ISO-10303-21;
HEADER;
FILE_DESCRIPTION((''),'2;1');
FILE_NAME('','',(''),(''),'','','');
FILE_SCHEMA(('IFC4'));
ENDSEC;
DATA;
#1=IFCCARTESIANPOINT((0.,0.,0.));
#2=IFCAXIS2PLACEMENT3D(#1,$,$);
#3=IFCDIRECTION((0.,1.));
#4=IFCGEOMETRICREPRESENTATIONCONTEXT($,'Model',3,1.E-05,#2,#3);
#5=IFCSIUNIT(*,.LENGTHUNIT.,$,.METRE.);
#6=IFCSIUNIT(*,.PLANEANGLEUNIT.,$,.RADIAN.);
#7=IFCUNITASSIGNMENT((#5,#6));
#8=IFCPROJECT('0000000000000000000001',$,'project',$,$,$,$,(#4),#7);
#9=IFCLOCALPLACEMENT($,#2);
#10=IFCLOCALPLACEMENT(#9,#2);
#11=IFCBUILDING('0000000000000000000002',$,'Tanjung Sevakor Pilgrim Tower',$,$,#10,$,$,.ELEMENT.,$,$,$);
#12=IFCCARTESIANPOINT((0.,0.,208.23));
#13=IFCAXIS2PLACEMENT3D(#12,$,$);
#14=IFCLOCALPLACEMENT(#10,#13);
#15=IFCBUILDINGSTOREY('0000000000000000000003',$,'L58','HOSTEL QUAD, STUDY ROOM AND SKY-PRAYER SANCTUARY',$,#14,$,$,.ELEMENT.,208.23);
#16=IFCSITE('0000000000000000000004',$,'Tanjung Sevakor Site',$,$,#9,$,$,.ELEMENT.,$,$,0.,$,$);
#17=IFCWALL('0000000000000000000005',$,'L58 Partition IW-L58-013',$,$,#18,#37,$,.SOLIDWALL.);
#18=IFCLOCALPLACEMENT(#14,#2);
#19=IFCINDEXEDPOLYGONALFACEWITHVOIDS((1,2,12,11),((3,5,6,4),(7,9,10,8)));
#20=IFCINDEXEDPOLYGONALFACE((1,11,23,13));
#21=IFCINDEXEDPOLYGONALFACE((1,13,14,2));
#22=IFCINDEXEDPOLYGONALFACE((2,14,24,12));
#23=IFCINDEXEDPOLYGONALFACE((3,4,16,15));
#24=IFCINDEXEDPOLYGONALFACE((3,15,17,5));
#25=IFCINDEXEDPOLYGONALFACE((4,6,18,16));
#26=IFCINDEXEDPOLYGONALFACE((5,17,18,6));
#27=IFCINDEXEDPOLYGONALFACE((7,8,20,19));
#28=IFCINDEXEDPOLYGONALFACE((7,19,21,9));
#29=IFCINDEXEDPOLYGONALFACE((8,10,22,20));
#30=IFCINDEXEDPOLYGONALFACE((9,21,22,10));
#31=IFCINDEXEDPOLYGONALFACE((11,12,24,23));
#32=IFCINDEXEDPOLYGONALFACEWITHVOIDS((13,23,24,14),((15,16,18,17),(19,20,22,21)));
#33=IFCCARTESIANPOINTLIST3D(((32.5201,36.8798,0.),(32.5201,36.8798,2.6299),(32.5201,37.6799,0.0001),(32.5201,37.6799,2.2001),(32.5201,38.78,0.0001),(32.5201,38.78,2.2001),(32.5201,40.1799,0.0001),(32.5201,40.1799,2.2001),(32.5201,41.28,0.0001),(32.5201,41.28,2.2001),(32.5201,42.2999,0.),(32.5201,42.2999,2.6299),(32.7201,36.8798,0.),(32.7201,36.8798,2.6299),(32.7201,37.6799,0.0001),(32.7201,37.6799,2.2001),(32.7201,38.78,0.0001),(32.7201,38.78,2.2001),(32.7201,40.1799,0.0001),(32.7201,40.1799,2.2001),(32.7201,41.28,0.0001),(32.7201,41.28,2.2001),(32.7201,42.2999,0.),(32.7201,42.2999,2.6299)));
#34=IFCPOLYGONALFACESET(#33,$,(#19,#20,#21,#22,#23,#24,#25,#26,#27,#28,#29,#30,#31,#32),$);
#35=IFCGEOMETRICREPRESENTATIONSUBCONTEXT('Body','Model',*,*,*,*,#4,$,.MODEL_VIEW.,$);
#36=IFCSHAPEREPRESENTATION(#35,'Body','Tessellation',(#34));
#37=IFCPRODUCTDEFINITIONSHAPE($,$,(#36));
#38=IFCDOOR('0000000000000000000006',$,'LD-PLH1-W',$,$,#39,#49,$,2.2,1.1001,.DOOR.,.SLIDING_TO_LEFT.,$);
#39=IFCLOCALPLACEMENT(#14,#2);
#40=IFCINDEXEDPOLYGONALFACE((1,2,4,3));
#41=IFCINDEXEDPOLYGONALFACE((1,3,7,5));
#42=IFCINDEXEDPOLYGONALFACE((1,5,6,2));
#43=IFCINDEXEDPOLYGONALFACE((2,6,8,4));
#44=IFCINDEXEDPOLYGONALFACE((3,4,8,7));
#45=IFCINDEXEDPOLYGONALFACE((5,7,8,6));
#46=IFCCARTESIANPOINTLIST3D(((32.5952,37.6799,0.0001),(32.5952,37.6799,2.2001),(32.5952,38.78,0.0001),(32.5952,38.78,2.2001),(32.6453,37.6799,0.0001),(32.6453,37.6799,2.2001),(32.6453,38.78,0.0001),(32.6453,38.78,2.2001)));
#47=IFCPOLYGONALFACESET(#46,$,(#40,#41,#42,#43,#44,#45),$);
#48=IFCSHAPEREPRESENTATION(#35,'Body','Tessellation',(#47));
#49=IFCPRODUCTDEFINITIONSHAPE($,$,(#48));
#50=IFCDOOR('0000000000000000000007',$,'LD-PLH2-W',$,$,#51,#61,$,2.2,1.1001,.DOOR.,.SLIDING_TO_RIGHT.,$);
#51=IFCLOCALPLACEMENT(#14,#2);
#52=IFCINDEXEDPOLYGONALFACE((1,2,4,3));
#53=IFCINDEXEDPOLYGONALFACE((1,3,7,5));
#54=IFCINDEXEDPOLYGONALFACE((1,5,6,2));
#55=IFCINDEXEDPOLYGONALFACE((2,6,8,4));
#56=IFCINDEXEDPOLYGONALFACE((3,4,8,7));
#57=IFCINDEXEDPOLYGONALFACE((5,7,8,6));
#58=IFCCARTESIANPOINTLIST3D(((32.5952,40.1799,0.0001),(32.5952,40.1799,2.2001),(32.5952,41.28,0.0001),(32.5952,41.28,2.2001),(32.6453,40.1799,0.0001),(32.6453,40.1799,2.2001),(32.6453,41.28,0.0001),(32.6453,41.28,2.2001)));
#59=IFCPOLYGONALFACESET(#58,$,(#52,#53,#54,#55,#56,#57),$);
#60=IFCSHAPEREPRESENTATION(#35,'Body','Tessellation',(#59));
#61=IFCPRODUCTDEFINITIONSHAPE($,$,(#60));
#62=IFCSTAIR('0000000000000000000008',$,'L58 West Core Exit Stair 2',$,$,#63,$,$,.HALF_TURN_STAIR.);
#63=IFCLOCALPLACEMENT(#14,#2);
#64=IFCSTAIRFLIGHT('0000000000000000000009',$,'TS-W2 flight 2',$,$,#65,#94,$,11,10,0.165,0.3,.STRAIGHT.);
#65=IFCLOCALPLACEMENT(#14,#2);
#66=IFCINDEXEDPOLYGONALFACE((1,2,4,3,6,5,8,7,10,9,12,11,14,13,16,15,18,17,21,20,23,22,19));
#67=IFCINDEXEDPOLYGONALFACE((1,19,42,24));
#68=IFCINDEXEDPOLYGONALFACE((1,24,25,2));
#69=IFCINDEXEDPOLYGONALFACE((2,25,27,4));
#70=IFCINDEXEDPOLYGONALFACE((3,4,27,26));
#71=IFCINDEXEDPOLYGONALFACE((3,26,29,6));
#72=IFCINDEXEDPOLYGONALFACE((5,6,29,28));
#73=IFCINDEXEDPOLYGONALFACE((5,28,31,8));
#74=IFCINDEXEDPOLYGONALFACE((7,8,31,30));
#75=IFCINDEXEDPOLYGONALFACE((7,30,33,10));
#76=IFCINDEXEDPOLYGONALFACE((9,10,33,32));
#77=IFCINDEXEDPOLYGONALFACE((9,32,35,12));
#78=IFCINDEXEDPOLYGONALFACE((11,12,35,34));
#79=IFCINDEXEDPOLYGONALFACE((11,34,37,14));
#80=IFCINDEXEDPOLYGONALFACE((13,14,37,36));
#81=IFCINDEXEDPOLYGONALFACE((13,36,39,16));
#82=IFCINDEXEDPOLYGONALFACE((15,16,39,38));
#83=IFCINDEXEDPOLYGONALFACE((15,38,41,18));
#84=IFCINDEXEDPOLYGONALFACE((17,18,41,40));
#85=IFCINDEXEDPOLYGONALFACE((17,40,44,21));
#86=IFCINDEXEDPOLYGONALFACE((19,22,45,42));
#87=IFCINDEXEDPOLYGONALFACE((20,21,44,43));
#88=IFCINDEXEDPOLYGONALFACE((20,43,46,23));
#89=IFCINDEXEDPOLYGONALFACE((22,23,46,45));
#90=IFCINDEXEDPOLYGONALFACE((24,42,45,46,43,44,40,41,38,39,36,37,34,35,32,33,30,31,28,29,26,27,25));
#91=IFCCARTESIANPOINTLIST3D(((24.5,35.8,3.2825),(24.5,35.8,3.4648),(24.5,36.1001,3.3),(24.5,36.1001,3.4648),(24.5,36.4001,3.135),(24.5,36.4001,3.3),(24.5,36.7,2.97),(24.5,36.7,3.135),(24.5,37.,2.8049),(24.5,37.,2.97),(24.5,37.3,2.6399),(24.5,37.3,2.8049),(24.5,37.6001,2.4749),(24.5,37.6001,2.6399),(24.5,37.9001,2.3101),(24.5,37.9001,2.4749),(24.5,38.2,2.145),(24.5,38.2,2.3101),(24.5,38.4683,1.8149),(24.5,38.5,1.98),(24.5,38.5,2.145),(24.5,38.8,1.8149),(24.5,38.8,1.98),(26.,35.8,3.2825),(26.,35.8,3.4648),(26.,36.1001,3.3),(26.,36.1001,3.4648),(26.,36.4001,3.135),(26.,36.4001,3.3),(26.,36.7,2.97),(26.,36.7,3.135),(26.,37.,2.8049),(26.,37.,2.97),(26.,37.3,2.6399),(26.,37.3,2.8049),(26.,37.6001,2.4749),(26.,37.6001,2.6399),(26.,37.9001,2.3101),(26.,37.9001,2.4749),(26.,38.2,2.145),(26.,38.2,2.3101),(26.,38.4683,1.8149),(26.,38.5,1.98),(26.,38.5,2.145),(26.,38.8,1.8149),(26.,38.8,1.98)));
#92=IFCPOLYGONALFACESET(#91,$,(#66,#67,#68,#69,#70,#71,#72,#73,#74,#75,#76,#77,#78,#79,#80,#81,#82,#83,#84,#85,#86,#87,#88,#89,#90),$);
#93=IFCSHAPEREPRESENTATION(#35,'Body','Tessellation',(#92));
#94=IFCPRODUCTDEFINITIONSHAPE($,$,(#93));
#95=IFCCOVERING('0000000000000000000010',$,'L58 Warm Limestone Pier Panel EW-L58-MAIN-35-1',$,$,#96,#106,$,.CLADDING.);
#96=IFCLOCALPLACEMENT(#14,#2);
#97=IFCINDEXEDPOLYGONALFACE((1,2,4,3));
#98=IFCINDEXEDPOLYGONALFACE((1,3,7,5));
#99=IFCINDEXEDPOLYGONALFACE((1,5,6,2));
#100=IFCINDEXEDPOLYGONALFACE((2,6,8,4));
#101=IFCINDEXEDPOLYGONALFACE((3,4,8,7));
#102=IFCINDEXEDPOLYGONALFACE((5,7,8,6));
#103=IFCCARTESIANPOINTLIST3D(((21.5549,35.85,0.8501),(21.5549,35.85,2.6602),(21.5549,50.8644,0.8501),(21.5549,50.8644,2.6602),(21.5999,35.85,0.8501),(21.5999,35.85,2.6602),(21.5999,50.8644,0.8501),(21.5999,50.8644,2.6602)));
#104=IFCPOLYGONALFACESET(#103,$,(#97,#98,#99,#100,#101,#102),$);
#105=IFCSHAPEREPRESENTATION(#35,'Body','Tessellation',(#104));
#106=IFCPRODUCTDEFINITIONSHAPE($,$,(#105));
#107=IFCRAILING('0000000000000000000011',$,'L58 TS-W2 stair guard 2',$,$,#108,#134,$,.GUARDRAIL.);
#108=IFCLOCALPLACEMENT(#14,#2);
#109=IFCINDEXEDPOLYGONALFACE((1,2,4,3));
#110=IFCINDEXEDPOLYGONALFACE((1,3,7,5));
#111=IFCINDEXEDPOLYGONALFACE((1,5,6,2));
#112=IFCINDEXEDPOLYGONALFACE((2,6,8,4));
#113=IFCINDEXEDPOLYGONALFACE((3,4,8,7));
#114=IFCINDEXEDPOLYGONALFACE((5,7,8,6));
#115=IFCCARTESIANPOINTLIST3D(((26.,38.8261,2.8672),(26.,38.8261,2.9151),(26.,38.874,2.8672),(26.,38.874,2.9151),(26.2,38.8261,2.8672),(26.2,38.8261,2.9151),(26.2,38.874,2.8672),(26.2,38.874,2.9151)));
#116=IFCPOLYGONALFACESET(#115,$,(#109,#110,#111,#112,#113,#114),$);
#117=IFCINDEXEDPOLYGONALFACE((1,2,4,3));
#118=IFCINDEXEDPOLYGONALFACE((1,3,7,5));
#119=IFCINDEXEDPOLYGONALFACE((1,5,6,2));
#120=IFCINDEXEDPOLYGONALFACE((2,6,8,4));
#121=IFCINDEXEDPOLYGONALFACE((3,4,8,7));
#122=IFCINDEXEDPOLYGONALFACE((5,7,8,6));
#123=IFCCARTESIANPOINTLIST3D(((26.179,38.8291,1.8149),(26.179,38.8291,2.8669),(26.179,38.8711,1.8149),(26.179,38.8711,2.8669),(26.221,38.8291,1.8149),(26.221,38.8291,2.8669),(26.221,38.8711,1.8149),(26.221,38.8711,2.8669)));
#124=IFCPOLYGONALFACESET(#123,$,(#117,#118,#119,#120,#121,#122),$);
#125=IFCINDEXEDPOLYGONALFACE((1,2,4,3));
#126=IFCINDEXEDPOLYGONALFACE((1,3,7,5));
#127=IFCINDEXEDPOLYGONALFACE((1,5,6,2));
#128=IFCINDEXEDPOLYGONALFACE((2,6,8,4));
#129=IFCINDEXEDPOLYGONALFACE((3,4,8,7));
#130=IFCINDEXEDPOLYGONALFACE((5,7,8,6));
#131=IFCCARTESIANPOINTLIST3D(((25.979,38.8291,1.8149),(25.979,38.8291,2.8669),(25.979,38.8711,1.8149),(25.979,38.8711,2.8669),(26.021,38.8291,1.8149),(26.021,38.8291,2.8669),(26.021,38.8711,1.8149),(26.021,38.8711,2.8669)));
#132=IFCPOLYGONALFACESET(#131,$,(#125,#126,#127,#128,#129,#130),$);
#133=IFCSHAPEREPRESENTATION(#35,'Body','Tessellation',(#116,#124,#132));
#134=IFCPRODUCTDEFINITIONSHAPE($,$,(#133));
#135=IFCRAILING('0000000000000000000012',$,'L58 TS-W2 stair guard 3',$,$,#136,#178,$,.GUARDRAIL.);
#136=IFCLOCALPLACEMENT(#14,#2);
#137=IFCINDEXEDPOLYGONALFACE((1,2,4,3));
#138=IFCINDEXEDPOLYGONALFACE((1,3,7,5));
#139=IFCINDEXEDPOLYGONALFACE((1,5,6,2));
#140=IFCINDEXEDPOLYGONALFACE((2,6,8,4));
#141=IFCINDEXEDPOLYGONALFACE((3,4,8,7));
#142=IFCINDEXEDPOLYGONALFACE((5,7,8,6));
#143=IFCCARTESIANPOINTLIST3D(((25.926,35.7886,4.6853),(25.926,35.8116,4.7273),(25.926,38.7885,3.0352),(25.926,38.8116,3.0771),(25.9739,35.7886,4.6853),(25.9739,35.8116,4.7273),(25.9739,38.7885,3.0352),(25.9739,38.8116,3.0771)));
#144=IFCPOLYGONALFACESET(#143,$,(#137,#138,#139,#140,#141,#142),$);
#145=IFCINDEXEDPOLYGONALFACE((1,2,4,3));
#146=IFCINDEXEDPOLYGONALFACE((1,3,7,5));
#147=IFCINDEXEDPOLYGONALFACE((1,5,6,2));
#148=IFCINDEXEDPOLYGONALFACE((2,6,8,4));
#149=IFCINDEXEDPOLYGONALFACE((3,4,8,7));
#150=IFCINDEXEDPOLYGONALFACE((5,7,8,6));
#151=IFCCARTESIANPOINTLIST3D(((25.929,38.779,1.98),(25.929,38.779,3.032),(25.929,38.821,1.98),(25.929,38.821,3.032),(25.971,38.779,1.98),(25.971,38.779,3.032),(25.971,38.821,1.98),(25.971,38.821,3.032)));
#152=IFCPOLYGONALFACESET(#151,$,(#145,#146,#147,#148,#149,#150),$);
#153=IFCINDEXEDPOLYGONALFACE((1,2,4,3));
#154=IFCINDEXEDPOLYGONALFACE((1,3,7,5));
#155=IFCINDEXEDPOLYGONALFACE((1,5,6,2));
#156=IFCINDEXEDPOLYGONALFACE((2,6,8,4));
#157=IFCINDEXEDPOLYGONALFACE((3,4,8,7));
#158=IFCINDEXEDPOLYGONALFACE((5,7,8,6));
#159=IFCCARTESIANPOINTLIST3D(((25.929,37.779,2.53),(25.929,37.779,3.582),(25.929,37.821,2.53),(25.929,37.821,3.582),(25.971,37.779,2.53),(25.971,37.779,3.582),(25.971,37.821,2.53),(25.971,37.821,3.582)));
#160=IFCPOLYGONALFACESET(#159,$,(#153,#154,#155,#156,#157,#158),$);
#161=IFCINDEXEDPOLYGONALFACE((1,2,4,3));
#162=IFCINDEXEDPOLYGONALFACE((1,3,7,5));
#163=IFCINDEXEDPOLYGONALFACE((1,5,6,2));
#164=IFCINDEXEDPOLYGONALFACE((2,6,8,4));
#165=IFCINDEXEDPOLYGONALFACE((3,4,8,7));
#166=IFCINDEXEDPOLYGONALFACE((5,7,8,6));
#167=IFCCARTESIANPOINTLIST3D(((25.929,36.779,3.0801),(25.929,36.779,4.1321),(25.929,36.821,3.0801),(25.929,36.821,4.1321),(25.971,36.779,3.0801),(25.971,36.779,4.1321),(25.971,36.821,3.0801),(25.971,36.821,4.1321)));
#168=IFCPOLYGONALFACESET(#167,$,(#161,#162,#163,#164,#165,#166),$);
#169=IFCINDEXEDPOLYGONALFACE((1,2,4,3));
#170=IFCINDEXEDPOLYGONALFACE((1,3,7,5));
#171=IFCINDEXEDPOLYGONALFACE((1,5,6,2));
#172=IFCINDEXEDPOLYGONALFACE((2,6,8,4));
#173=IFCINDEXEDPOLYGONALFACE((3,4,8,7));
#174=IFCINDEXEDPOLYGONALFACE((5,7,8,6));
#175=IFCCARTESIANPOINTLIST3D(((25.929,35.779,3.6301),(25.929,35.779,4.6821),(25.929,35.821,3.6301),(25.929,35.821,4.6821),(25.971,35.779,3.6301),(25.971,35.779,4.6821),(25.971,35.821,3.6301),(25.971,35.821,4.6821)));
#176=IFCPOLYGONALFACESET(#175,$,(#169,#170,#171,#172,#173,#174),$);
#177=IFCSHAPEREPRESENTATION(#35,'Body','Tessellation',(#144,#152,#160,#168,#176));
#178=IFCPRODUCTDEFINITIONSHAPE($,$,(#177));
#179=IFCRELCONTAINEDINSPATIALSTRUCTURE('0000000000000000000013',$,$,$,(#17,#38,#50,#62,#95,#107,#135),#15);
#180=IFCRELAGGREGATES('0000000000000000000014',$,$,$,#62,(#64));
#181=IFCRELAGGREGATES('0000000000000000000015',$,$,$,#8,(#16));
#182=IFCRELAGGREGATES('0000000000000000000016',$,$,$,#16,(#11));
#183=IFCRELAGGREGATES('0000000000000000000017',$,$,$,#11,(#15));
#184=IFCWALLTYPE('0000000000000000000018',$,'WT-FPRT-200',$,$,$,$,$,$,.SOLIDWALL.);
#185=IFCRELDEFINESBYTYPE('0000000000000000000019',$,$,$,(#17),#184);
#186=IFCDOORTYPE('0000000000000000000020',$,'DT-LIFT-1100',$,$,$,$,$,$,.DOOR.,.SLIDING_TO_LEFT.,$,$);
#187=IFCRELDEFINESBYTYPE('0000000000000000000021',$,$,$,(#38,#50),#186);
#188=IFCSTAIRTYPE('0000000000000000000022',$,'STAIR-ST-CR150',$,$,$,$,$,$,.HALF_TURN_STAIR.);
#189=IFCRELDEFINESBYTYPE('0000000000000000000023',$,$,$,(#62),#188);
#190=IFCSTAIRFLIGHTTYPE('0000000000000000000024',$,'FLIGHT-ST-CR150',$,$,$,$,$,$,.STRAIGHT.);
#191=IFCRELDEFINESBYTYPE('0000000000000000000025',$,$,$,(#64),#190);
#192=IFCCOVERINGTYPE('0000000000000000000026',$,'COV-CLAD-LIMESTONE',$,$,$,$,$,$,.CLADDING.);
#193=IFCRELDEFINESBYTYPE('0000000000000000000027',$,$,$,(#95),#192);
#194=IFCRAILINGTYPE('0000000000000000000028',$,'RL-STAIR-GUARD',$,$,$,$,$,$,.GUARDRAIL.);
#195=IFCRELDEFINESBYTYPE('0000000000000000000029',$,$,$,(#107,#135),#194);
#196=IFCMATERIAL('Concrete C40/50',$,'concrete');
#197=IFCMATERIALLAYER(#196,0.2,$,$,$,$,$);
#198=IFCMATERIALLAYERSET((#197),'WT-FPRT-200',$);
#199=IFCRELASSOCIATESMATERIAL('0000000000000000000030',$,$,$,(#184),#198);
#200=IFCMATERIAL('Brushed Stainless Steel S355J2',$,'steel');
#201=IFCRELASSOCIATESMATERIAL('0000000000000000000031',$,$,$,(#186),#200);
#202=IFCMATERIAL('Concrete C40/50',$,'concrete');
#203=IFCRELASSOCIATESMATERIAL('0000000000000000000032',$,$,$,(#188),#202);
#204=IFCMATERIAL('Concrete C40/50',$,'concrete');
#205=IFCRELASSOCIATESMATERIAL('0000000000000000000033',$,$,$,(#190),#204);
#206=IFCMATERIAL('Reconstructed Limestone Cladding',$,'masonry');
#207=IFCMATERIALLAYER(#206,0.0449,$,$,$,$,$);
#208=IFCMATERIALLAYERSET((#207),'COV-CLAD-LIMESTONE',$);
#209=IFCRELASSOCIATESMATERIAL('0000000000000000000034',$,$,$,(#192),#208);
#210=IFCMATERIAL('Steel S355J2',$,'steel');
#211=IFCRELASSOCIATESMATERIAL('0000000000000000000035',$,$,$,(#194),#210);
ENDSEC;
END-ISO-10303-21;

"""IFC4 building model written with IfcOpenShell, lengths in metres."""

from ifc_helpers import new_model, si_unit, direction, frame, frame_2d, origin, origin_2d, place, context, subcontext, project, spatial, polyline, rectangle, outline, extrude, material, layer, layer_set, type_object, element, fill, aggregate, save


model = new_model("IFC4")

# Units and contexts
model_context = context("Model", 3, precision=1e-05, world=origin(), true_north=direction((0.0, 1.0)))
body_context = subcontext(model_context, "Body", "Model", "MODEL_VIEW")
ifc_project = project(units=[si_unit("LENGTHUNIT", "METRE"), si_unit("PLANEANGLEUNIT", "RADIAN")], contexts=[model_context])

# Site, building, storey
site_placement = place(None, origin())
site = spatial("IfcSite", under=ifc_project, at=site_placement, Name="Tanjung Sevakor Site", CompositionType="ELEMENT", RefElevation=0.0)
building_placement = place(site_placement, origin())
building = spatial("IfcBuilding", under=site, at=building_placement, Name="Tanjung Sevakor Pilgrim Tower", CompositionType="ELEMENT")
storey_placement = place(building_placement, frame((0.0, 0.0, 208.23)))
storey = spatial("IfcBuildingStorey", under=building, at=storey_placement, Name="L58", Description="HOSTEL QUAD, STUDY ROOM AND SKY-PRAYER SANCTUARY", CompositionType="ELEMENT", Elevation=208.23)

# Shared definitions
ifc_material_1 = material(Name="Concrete C40/50", Category="concrete")
ifc_layer_1 = layer(ifc_material_1, 0.2)
ifc_layer_set_1 = layer_set([ifc_layer_1], Name="WT-FPRT-200")
wall_type_1 = type_object("IfcWallType", Name="WT-FPRT-200", PredefinedType="SOLIDWALL", material=ifc_layer_set_1)

# Wall, openings, doors
wall_1_placement = place(storey_placement, frame((32.6201, 36.8799, 0.0), z_axis=(0.0, 0.0, 1.0), x_axis=(0.0, 1.0, 0.0)))
wall_1 = element("IfcWall", 1, at=wall_1_placement, inside=storey, type_object=wall_type_1, Name="L58 Partition IW-L58-013", PredefinedType="SOLIDWALL", context=body_context, shape_type="SweptSolid", body=[
    extrude(rectangle(XDim=5.4202, YDim=0.2, at=frame_2d((2.71, 0.0))), origin(), (0.0, 0.0, 1.0), 2.6299),
])
opening_1_placement = place(wall_1_placement, frame((0.8, 0.0, 0.0)))
opening_1 = element("IfcOpeningElement", 2, at=opening_1_placement, cuts=wall_1, PredefinedType="OPENING", context=body_context, shape_type="SweptSolid", body=[
    extrude(rectangle(XDim=1.1001, YDim=2.2, at=frame_2d((0.55, 1.1001))), frame((0.0, 0.1099, 0.0), z_axis=(0.0, -1.0, 0.0), x_axis=(1.0, 0.0, 0.0)), (0.0, 0.0, 1.0), 0.22),
])
opening_2_placement = place(wall_1_placement, frame((3.3, 0.0, 0.0)))
opening_2 = element("IfcOpeningElement", 3, at=opening_2_placement, cuts=wall_1, PredefinedType="OPENING", context=body_context, shape_type="SweptSolid", body=[
    extrude(rectangle(XDim=1.1001, YDim=2.2, at=frame_2d((0.55, 1.1001))), frame((0.0, 0.1099, 0.0), z_axis=(0.0, -1.0, 0.0), x_axis=(1.0, 0.0, 0.0)), (0.0, 0.0, 1.0), 0.22),
])
ifc_material_2 = material(Name="Brushed Stainless Steel S355J2", Category="steel")
door_type_1 = type_object("IfcDoorType", Name="DT-LIFT-1100", OperationType="SLIDING_TO_LEFT", PredefinedType="DOOR", material=ifc_material_2)
door_1_placement = place(opening_1_placement, origin())
door_1 = element("IfcDoor", 4, at=door_1_placement, inside=storey, type_object=door_type_1, Name="LD-PLH1-W", OperationType="SLIDING_TO_LEFT", OverallHeight=2.2, OverallWidth=1.1001, PredefinedType="DOOR", context=body_context, shape_type="SweptSolid", body=[
    extrude(rectangle(XDim=1.1001, YDim=2.2, at=frame_2d((0.55, 1.1001))), frame((0.0, 0.0249, 0.0), z_axis=(0.0, -1.0, 0.0), x_axis=(1.0, 0.0, 0.0)), (0.0, 0.0, 1.0), 0.05),
])
fill(opening_1, door_1)
door_2_placement = place(opening_2_placement, origin())
door_2 = element("IfcDoor", 5, at=door_2_placement, inside=storey, type_object=door_type_1, Name="LD-PLH2-W", OperationType="SLIDING_TO_RIGHT", OverallHeight=2.2, OverallWidth=1.1001, PredefinedType="DOOR", context=body_context, shape_type="SweptSolid", body=[
    extrude(rectangle(XDim=1.1001, YDim=2.2, at=frame_2d((0.55, 1.1001))), frame((0.0, 0.0249, 0.0), z_axis=(0.0, -1.0, 0.0), x_axis=(1.0, 0.0, 0.0)), (0.0, 0.0, 1.0), 0.05),
])
fill(opening_2, door_2)

# Stair, stair flight
ifc_material_3 = material(Name="Concrete C40/50", Category="concrete")
stair_type = type_object("IfcStairType", Name="STAIR-ST-CR150", PredefinedType="HALF_TURN_STAIR", material=ifc_material_3)
stair_placement = place(storey_placement, origin())
stair = element("IfcStair", 6, at=stair_placement, inside=storey, type_object=stair_type, Name="L58 West Core Exit Stair 2", PredefinedType="HALF_TURN_STAIR")
ifc_material_4 = material(Name="Concrete C40/50", Category="concrete")
stair_flight_type = type_object("IfcStairFlightType", Name="FLIGHT-ST-CR150", PredefinedType="STRAIGHT", material=ifc_material_4)
stair_flight_placement = place(storey_placement, frame((25.25, 38.8, 1.8149), z_axis=(0.0, 0.0, 1.0), x_axis=(0.0, -1.0, 0.0)))
stair_flight = element("IfcStairFlight", 7, at=stair_flight_placement, type_object=stair_flight_type, Name="TS-W2 flight 2", NumberOfRisers=11, NumberOfTreads=10, PredefinedType="STRAIGHT", RiserHeight=0.165, TreadLength=0.3, context=body_context, shape_type="SweptSolid", body=[
    extrude(outline(polyline([(0.0, 0.0), (0.0, 0.165), (0.3, 0.165), (0.3, 0.3301), (0.6001, 0.3301), (0.6001, 0.4951), (0.8999, 0.4951), (0.8999, 0.6599), (1.2, 0.6599), (1.2, 0.825), (1.5, 0.825), (1.5, 0.99), (1.8, 0.99), (1.8, 1.155), (2.1001, 1.155), (2.1001, 1.3201), (2.3999, 1.3201), (2.3999, 1.4851), (2.7, 1.4851), (2.7, 1.6499), (3.0, 1.6499), (3.0, 1.8149), (3.0, 1.4675), (0.3318, 0.0), (0.0, 0.0)])), frame((0.0, 0.75, 0.0), z_axis=(0.0, -1.0, 0.0), x_axis=(1.0, 0.0, 0.0)), (0.0, 0.0, 1.0), 1.5),
])
aggregate(stair, [stair_flight])

# Covering
ifc_material_5 = material(Name="Reconstructed Limestone Cladding", Category="masonry")
ifc_layer_2 = layer(ifc_material_5, 0.0449)
ifc_layer_set_2 = layer_set([ifc_layer_2], Name="COV-CLAD-LIMESTONE")
covering_type = type_object("IfcCoveringType", Name="COV-CLAD-LIMESTONE", PredefinedType="CLADDING", material=ifc_layer_set_2)
covering_placement = place(storey_placement, frame((21.5774, 43.3572, 0.8501), z_axis=(0.0, 0.0, 1.0), x_axis=(0.0, -1.0, 0.0)))
element("IfcCovering", 8, at=covering_placement, inside=storey, type_object=covering_type, Name="L58 Warm Limestone Pier Panel EW-L58-MAIN-35-1", PredefinedType="CLADDING", context=body_context, shape_type="SweptSolid", body=[
    extrude(rectangle(XDim=15.0144, YDim=0.0449, at=origin_2d()), origin(), (0.0, 0.0, 1.0), 1.8101),
])

# Railings
ifc_material_6 = material(Name="Steel S355J2", Category="steel")
railing_type_1 = type_object("IfcRailingType", Name="RL-STAIR-GUARD", PredefinedType="GUARDRAIL", material=ifc_material_6)
railing_1_placement = place(storey_placement, frame((26.2, 38.8501, 1.8149)))
element("IfcRailing", 9, at=railing_1_placement, inside=storey, type_object=railing_type_1, Name="L58 TS-W2 stair guard 2", PredefinedType="GUARDRAIL", context=body_context, shape_type="SweptSolid", body=[
    extrude(rectangle(XDim=0.0479, YDim=0.0479), frame((0.0, 0.0, 1.0762), z_axis=(-1.0, 0.0, 0.0), x_axis=(0.0, -1.0, 0.0)), (0.0, 0.0, 1.0), 0.2),
    extrude(rectangle(XDim=0.042, YDim=0.042), origin(), (0.0, 0.0, 1.0), 1.052),
    extrude(rectangle(XDim=0.042, YDim=0.042), frame((-0.2, 0.0, 0.0)), (0.0, 0.0, 1.0), 1.052),
])
railing_2_placement = place(storey_placement, frame((25.95, 38.8, 1.98)))
element("IfcRailing", 10, at=railing_2_placement, inside=storey, type_object=railing_type_1, Name="L58 TS-W2 stair guard 3", PredefinedType="GUARDRAIL", context=body_context, shape_type="SweptSolid", body=[
    extrude(rectangle(XDim=0.0479, YDim=0.0479), frame((0.0, 0.0, 1.0762), z_axis=(0.0, -0.876198, 0.481952), x_axis=(1.0, 0.0, 0.0)), (0.0, 0.0, 1.0), 3.4238),
    extrude(rectangle(XDim=0.042, YDim=0.042), origin(), (0.0, 0.0, 1.0), 1.052),
    extrude(rectangle(XDim=0.042, YDim=0.042), frame((0.0, -1.0, 0.55)), (0.0, 0.0, 1.0), 1.052),
    extrude(rectangle(XDim=0.042, YDim=0.042), frame((0.0, -2.0, 1.1001)), (0.0, 0.0, 1.0), 1.052),
    extrude(rectangle(XDim=0.042, YDim=0.042), frame((0.0, -3.0, 1.6501)), (0.0, 0.0, 1.0), 1.052),
])

save(model, "model.ifc")
